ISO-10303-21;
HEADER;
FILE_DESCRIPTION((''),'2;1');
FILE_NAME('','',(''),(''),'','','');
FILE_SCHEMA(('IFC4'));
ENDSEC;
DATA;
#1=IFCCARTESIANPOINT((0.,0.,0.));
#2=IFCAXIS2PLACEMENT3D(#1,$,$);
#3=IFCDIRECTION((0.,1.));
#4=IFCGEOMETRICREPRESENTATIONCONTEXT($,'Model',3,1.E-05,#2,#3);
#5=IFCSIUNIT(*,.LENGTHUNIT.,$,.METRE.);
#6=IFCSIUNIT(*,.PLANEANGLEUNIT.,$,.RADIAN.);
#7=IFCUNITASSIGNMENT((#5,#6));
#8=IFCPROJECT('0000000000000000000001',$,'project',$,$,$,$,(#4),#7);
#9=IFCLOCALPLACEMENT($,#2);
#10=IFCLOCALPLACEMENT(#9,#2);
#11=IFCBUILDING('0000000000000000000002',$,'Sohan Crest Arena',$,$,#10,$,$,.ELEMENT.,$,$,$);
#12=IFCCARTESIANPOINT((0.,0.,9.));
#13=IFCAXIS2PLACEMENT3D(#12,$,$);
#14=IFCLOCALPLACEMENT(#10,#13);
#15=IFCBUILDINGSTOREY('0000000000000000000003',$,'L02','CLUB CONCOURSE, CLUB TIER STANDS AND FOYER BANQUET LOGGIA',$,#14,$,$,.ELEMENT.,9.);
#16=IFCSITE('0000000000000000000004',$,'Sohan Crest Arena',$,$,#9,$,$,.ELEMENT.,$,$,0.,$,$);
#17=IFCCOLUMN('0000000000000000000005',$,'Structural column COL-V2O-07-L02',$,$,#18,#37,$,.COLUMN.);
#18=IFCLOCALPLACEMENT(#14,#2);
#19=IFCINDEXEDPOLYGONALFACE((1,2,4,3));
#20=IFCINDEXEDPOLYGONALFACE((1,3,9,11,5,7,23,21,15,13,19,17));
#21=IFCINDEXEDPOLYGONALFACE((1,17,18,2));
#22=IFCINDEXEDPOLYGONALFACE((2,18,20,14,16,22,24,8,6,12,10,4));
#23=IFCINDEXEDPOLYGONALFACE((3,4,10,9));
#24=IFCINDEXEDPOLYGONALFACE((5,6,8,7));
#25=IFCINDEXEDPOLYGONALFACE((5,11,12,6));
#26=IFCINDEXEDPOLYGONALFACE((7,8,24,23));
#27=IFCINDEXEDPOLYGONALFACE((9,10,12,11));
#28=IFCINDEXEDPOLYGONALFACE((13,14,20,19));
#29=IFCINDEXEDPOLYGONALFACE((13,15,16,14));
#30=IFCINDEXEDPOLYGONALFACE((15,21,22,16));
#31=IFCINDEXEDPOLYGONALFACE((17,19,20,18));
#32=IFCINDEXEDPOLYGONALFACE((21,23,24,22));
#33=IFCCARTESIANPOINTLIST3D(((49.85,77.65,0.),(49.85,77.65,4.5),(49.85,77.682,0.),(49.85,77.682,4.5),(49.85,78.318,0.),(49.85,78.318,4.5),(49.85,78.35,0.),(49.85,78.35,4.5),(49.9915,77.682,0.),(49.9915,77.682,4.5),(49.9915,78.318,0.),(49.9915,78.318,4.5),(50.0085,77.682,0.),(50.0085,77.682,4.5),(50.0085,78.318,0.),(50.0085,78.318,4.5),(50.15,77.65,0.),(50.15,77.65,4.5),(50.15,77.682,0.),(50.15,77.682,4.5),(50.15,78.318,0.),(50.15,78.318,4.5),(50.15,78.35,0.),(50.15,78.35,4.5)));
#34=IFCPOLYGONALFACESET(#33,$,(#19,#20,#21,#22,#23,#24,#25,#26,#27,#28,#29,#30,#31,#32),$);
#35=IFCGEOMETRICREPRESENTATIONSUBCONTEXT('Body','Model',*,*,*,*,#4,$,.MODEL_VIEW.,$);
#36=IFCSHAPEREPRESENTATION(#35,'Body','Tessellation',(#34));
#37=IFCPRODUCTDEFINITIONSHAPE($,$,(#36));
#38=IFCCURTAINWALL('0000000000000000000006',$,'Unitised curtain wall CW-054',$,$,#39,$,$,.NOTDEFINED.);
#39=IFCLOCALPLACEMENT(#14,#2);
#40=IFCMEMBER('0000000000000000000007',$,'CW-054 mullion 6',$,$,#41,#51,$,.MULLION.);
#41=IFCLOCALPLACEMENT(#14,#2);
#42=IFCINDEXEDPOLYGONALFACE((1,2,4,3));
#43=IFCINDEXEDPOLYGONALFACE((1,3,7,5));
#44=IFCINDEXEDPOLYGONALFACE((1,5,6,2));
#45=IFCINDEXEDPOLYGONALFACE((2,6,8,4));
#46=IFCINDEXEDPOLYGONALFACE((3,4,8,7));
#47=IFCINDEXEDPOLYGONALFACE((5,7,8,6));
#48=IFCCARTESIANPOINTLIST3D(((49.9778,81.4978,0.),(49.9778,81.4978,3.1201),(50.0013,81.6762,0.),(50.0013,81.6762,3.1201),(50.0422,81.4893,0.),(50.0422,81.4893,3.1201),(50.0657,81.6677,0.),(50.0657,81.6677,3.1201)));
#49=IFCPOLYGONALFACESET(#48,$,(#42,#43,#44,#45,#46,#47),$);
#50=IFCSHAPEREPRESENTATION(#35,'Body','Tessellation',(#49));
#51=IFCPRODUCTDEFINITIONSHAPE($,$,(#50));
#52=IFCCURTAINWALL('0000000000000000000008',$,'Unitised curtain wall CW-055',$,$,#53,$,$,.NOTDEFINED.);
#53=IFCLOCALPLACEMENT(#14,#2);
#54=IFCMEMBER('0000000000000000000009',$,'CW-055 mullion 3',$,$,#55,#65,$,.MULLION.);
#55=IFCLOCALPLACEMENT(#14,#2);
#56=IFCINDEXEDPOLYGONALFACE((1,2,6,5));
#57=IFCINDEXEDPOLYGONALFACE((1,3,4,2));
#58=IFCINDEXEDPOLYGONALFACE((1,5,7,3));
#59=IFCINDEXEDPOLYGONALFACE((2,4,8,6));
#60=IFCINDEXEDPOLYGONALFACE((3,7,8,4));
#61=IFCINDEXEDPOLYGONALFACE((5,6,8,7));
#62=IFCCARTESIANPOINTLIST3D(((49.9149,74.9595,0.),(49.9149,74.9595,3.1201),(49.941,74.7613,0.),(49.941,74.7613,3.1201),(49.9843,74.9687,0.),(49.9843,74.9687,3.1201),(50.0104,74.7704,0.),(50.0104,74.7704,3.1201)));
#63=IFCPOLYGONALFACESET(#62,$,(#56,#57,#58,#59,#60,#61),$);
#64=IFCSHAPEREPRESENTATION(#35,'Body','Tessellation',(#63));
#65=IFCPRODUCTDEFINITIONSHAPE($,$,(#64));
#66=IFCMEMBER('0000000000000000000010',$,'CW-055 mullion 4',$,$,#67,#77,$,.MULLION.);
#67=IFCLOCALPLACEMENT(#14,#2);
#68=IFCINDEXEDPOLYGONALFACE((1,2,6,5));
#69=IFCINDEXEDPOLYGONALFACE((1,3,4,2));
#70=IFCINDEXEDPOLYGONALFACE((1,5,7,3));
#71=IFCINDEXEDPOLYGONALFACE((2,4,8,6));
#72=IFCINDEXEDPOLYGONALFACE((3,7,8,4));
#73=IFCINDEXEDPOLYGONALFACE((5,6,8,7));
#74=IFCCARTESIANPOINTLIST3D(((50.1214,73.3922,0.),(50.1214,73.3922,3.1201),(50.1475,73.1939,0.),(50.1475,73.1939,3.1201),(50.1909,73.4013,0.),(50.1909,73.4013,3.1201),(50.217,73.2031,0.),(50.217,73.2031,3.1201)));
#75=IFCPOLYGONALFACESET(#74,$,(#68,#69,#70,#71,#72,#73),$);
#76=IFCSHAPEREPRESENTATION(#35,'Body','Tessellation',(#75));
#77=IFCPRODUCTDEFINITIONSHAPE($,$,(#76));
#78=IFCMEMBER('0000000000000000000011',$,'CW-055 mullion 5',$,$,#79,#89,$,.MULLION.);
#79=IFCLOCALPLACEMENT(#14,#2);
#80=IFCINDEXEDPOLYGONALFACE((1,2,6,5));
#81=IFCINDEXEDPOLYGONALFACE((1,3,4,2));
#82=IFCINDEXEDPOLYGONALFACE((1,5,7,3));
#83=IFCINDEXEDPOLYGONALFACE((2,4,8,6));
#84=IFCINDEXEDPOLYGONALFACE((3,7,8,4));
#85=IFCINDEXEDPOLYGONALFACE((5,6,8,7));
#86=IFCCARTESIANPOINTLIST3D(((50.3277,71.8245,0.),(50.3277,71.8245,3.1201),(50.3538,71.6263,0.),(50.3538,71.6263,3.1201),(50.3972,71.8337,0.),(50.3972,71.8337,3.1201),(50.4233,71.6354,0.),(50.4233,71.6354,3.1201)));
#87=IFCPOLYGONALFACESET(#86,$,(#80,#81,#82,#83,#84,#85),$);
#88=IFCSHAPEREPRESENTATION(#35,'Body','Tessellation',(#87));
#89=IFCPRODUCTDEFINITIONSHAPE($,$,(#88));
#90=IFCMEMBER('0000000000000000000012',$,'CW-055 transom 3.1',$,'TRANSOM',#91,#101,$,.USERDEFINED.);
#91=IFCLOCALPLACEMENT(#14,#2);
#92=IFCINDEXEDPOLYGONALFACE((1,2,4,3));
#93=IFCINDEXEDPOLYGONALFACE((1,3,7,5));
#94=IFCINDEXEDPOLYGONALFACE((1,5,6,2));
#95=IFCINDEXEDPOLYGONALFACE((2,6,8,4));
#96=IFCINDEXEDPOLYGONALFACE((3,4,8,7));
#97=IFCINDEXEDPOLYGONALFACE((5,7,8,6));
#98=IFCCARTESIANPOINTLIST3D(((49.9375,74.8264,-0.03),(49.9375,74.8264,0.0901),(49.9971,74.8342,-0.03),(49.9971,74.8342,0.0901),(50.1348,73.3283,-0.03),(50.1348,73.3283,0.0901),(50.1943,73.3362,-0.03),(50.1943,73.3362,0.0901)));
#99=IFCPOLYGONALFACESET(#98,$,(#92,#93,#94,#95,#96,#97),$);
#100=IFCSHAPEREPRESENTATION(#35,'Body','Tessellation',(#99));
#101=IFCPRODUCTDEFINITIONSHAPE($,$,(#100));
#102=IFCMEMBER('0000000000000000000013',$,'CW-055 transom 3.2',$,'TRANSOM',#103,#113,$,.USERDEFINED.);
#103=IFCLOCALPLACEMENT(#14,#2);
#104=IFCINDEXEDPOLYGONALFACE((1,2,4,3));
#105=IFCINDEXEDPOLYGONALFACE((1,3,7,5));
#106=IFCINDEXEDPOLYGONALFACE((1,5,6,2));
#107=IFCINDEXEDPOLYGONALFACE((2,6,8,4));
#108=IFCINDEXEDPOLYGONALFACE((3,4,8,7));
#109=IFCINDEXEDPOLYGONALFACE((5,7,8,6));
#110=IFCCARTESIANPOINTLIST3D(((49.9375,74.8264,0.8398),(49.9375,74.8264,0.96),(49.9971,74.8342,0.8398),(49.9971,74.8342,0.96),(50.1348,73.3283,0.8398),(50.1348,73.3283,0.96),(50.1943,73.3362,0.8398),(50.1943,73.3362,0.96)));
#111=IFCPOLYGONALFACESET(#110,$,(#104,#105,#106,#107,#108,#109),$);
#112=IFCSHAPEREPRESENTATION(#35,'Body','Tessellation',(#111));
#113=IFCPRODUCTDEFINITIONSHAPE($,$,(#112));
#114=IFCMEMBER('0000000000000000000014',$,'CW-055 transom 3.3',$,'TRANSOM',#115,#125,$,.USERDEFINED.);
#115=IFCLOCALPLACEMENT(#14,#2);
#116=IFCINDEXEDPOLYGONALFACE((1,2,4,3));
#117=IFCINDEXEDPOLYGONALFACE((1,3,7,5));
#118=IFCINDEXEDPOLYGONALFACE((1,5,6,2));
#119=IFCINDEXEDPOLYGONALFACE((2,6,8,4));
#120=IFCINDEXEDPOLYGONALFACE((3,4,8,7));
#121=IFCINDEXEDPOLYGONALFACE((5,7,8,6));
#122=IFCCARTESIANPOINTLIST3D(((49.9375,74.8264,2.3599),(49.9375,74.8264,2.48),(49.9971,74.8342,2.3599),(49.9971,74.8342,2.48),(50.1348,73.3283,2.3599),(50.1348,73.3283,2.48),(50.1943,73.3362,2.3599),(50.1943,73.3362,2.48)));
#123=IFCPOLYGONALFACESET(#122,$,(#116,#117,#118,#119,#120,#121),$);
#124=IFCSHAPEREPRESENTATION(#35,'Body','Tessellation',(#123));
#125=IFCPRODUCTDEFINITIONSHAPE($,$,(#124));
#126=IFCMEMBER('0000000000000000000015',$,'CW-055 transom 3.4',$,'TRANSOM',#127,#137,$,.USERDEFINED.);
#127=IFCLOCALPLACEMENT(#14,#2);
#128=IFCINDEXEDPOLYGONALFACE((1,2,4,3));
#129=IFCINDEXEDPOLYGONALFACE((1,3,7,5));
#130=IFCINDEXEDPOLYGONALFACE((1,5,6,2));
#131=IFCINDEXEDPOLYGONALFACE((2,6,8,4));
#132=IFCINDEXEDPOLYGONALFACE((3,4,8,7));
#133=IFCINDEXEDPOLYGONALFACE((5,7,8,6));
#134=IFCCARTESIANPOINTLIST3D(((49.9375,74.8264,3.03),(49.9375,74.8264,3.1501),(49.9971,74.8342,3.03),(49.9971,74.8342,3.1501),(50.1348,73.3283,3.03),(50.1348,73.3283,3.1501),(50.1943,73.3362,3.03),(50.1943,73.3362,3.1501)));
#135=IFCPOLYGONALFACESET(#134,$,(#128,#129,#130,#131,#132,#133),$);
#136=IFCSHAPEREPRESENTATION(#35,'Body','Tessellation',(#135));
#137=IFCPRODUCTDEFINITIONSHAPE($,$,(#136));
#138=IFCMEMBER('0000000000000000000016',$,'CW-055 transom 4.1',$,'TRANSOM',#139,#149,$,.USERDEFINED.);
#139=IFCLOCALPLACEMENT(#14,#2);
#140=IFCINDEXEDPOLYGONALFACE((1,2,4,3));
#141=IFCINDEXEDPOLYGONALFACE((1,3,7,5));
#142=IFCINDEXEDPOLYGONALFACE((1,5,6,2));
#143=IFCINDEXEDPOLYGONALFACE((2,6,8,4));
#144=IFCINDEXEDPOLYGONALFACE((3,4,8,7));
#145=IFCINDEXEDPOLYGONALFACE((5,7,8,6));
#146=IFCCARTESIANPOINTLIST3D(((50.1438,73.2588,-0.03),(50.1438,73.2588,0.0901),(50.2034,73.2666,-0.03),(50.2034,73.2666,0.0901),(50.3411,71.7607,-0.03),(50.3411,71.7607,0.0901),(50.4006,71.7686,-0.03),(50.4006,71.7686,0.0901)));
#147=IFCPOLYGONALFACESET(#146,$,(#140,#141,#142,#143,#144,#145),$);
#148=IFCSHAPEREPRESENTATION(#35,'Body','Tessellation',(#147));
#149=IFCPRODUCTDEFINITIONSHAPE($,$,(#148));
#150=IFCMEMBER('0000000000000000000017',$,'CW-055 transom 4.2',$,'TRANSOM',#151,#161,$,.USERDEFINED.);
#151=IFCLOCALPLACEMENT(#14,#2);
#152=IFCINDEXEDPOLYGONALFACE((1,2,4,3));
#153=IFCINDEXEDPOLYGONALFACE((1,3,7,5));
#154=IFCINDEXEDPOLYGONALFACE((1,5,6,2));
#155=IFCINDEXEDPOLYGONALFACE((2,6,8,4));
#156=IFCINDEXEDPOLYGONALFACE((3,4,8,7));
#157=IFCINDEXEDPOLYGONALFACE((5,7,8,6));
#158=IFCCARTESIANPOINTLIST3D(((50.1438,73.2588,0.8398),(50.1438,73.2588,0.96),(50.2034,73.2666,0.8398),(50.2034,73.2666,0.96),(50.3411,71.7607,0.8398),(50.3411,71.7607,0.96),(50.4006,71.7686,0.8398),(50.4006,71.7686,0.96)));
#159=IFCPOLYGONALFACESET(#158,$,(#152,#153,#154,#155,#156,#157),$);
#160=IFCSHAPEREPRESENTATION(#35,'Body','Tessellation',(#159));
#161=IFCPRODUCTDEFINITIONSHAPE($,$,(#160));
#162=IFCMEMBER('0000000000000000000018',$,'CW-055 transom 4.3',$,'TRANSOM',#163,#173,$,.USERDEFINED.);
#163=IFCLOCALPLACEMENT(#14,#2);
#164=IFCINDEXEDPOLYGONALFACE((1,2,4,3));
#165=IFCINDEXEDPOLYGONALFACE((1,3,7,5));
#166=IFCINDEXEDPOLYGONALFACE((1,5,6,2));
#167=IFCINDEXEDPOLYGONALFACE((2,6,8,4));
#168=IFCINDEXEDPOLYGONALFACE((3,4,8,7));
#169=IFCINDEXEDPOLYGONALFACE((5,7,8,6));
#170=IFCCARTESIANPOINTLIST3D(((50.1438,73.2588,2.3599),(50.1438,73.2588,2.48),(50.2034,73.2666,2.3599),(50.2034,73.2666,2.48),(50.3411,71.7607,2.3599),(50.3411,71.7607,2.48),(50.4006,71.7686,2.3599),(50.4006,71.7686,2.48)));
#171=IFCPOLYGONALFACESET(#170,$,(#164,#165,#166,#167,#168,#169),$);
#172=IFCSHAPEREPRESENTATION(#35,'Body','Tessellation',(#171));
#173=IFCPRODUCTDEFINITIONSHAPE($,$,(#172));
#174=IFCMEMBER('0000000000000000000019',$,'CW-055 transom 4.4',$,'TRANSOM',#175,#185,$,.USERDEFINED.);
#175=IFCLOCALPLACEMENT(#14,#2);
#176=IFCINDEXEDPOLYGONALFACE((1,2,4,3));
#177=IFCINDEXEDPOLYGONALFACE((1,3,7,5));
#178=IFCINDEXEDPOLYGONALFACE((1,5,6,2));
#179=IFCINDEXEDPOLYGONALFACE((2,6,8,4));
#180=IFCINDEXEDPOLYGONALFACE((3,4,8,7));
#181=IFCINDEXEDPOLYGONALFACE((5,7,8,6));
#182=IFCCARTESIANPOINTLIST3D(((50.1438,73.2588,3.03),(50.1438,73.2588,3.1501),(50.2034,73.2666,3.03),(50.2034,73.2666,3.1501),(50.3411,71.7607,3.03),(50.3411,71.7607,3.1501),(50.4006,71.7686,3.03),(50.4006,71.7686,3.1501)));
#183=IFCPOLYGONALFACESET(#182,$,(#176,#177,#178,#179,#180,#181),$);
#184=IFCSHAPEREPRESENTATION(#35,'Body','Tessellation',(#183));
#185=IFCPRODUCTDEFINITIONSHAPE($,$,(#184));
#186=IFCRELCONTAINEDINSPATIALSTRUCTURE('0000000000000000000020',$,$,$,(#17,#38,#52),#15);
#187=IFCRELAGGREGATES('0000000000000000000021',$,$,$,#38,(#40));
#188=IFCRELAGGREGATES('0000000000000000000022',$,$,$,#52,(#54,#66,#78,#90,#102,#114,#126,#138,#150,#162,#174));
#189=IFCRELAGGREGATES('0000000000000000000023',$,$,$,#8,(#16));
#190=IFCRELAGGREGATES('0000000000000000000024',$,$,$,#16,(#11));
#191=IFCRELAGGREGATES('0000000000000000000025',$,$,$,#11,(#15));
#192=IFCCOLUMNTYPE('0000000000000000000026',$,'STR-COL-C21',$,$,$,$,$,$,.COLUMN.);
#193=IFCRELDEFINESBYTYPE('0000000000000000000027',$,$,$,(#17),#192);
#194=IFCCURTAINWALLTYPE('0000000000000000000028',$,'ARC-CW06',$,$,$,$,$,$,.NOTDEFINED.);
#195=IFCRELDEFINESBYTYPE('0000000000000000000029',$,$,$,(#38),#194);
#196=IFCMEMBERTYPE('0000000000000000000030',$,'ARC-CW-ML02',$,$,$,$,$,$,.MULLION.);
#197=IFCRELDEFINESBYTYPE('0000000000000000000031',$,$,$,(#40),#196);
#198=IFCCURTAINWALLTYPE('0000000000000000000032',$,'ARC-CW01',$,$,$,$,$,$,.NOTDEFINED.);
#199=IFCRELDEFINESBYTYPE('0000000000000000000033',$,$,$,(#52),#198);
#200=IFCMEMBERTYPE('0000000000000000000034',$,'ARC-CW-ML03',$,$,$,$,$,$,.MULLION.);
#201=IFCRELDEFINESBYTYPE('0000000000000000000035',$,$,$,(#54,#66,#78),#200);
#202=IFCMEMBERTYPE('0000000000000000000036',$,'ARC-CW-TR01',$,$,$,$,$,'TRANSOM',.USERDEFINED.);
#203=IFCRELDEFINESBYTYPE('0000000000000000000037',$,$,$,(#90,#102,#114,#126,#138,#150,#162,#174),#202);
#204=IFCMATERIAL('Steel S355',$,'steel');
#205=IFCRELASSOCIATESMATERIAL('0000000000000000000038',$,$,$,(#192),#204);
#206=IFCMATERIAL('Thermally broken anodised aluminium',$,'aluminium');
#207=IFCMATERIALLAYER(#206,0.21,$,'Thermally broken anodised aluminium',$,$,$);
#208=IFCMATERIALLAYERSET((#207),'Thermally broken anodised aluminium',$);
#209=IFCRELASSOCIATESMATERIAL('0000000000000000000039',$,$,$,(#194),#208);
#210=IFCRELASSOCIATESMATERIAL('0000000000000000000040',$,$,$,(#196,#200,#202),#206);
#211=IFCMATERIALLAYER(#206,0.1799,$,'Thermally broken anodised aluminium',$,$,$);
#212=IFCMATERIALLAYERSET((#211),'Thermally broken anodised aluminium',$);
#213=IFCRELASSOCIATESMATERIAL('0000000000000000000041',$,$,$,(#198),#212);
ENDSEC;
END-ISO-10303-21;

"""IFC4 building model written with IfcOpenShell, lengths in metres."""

from ifc_helpers import new_model, si_unit, direction, frame, origin, origin_2d, place, context, subcontext, project, spatial, rectangle, i_section, extrude, material, layer, layer_set, material_profile, profile_set, type_object, element, aggregate, save


model = new_model("IFC4")

# Units and contexts
model_context = context("Model", 3, precision=1e-05, world=origin(), true_north=direction((0.0, 1.0)))
body_context = subcontext(model_context, "Body", "Model", "MODEL_VIEW")
ifc_project = project(units=[si_unit("LENGTHUNIT", "METRE"), si_unit("PLANEANGLEUNIT", "RADIAN")], contexts=[model_context])

# Site, building, storey
site_placement = place(None, origin())
site = spatial("IfcSite", under=ifc_project, at=site_placement, Name="Sohan Crest Arena", CompositionType="ELEMENT", RefElevation=0.0)
building_placement = place(site_placement, origin())
building = spatial("IfcBuilding", under=site, at=building_placement, Name="Sohan Crest Arena", CompositionType="ELEMENT")
storey_placement = place(building_placement, frame((0.0, 0.0, 9.0)))
storey = spatial("IfcBuildingStorey", under=building, at=storey_placement, Name="L02", Description="CLUB CONCOURSE, CLUB TIER STANDS AND FOYER BANQUET LOGGIA", CompositionType="ELEMENT", Elevation=9.0)

# Column
ifc_material_1 = material(Name="Steel S355", Category="steel")
ifc_material_profile_1 = material_profile(ifc_material_1, i_section(OverallWidth=0.3, OverallDepth=0.7, WebThickness=0.0171, FlangeThickness=0.032, at=origin_2d()), Name="HEB 700")
ifc_profile_set_1 = profile_set([ifc_material_profile_1], Name="Steel S355")
column_type = type_object("IfcColumnType", Name="STR-COL-C21", PredefinedType="COLUMN", material=ifc_profile_set_1)
column_placement = place(storey_placement, frame((50.0, 78.0, 0.0), z_axis=(0.0, 0.0, 1.0), x_axis=(1.0, 0.0, 0.0)))
element("IfcColumn", 1, at=column_placement, inside=storey, type_object=column_type, Name="Structural column COL-V2O-07-L02", PredefinedType="COLUMN", context=body_context, shape_type="SweptSolid", body=[
    extrude(i_section(OverallWidth=0.3, OverallDepth=0.7, WebThickness=0.0171, FlangeThickness=0.032, at=origin_2d()), origin(), (0.0, 0.0, 1.0), 4.5),
])

# Curtain wall, member
ifc_material_2 = material(Name="Thermally broken anodised aluminium", Category="aluminium")
ifc_layer_1 = layer(ifc_material_2, 0.21, Name="Thermally broken anodised aluminium")
ifc_layer_set_1 = layer_set([ifc_layer_1], Name="Thermally broken anodised aluminium")
curtain_wall_type_1 = type_object("IfcCurtainWallType", Name="ARC-CW06", PredefinedType="NOTDEFINED", material=ifc_layer_set_1)
curtain_wall_1_placement = place(storey_placement, origin())
curtain_wall_1 = element("IfcCurtainWall", 2, at=curtain_wall_1_placement, inside=storey, type_object=curtain_wall_type_1, Name="Unitised curtain wall CW-054", PredefinedType="NOTDEFINED")
ifc_material_profile_2 = material_profile(ifc_material_2, rectangle(XDim=0.0649, YDim=0.1799, at=origin_2d()), Name="ALU-MULL 65x180")
ifc_profile_set_2 = profile_set([ifc_material_profile_2], Name="Thermally broken anodised aluminium")
member_type_1 = type_object("IfcMemberType", Name="ARC-CW-ML02", PredefinedType="MULLION", material=ifc_profile_set_2)
member_1_placement = place(storey_placement, frame((50.0217, 81.5828, 0.0), z_axis=(0.0, 0.0, 1.0), x_axis=(0.991444, -0.130532, 0.0)))
member_1 = element("IfcMember", 3, at=member_1_placement, type_object=member_type_1, Name="CW-054 mullion 6", PredefinedType="MULLION", context=body_context, shape_type="SweptSolid", body=[
    extrude(rectangle(XDim=0.0649, YDim=0.1799, at=origin_2d()), origin(), (0.0, 0.0, 1.0), 3.1201),
])

# Curtain wall, members
ifc_layer_2 = layer(ifc_material_2, 0.1799, Name="Thermally broken anodised aluminium")
ifc_layer_set_2 = layer_set([ifc_layer_2], Name="Thermally broken anodised aluminium")
curtain_wall_type_2 = type_object("IfcCurtainWallType", Name="ARC-CW01", PredefinedType="NOTDEFINED", material=ifc_layer_set_2)
curtain_wall_2_placement = place(storey_placement, origin())
curtain_wall_2 = element("IfcCurtainWall", 4, at=curtain_wall_2_placement, inside=storey, type_object=curtain_wall_type_2, Name="Unitised curtain wall CW-055", PredefinedType="NOTDEFINED")
ifc_material_profile_3 = material_profile(ifc_material_2, rectangle(XDim=0.0701, YDim=0.2, at=origin_2d()), Name="ALU-MULL 70x200")
ifc_profile_set_3 = profile_set([ifc_material_profile_3], Name="Thermally broken anodised aluminium")
member_type_2 = type_object("IfcMemberType", Name="ARC-CW-ML03", PredefinedType="MULLION", material=ifc_profile_set_3)
member_2_placement = place(storey_placement, frame((49.9626, 74.865, 0.0), z_axis=(0.0, 0.0, 1.0), x_axis=(0.991444, 0.130532, 0.0)))
member_2 = element("IfcMember", 5, at=member_2_placement, type_object=member_type_2, Name="CW-055 mullion 3", PredefinedType="MULLION", context=body_context, shape_type="SweptSolid", body=[
    extrude(rectangle(XDim=0.0701, YDim=0.2, at=origin_2d()), origin(), (0.0, 0.0, 1.0), 3.1201),
])
member_3_placement = place(storey_placement, frame((50.1692, 73.2976, 0.0), z_axis=(0.0, 0.0, 1.0), x_axis=(0.991444, 0.130532, 0.0)))
member_3 = element("IfcMember", 6, at=member_3_placement, type_object=member_type_2, Name="CW-055 mullion 4", PredefinedType="MULLION", context=body_context, shape_type="SweptSolid", body=[
    extrude(rectangle(XDim=0.0701, YDim=0.2, at=origin_2d()), origin(), (0.0, 0.0, 1.0), 3.1201),
])
member_4_placement = place(storey_placement, frame((50.3755, 71.73, 0.0), z_axis=(0.0, 0.0, 1.0), x_axis=(0.991444, 0.130532, 0.0)))
member_4 = element("IfcMember", 7, at=member_4_placement, type_object=member_type_2, Name="CW-055 mullion 5", PredefinedType="MULLION", context=body_context, shape_type="SweptSolid", body=[
    extrude(rectangle(XDim=0.0701, YDim=0.2, at=origin_2d()), origin(), (0.0, 0.0, 1.0), 3.1201),
])
ifc_material_profile_4 = material_profile(ifc_material_2, rectangle(XDim=0.0601, YDim=0.1201, at=origin_2d()), Name="ALU-TRAN 60x120")
ifc_profile_set_4 = profile_set([ifc_material_profile_4], Name="Thermally broken anodised aluminium")
member_type_3 = type_object("IfcMemberType", Name="ARC-CW-TR01", ElementType="TRANSOM", PredefinedType="USERDEFINED", material=ifc_profile_set_4)
member_5_placement = place(storey_placement, frame((49.9673, 74.8303, 0.03), z_axis=(0.130555, -0.991441, 0.0), x_axis=(0.991441, 0.130555, 0.0)))
member_5 = element("IfcMember", 8, at=member_5_placement, type_object=member_type_3, Name="CW-055 transom 3.1", ObjectType="TRANSOM", PredefinedType="USERDEFINED", context=body_context, shape_type="SweptSolid", body=[
    extrude(rectangle(XDim=0.0601, YDim=0.1201, at=origin_2d()), origin(), (0.0, 0.0, 1.0), 1.511),
])
member_6_placement = place(storey_placement, frame((49.9673, 74.8303, 0.8999), z_axis=(0.130555, -0.991441, 0.0), x_axis=(0.991441, 0.130555, 0.0)))
member_6 = element("IfcMember", 9, at=member_6_placement, type_object=member_type_3, Name="CW-055 transom 3.2", ObjectType="TRANSOM", PredefinedType="USERDEFINED", context=body_context, shape_type="SweptSolid", body=[
    extrude(rectangle(XDim=0.0601, YDim=0.1201, at=origin_2d()), origin(), (0.0, 0.0, 1.0), 1.511),
])
member_7_placement = place(storey_placement, frame((49.9673, 74.8303, 2.4199), z_axis=(0.130555, -0.991441, 0.0), x_axis=(0.991441, 0.130555, 0.0)))
member_7 = element("IfcMember", 10, at=member_7_placement, type_object=member_type_3, Name="CW-055 transom 3.3", ObjectType="TRANSOM", PredefinedType="USERDEFINED", context=body_context, shape_type="SweptSolid", body=[
    extrude(rectangle(XDim=0.0601, YDim=0.1201, at=origin_2d()), origin(), (0.0, 0.0, 1.0), 1.511),
])
member_8_placement = place(storey_placement, frame((49.9673, 74.8303, 3.0901), z_axis=(0.130555, -0.991441, 0.0), x_axis=(0.991441, 0.130555, 0.0)))
member_8 = element("IfcMember", 11, at=member_8_placement, type_object=member_type_3, Name="CW-055 transom 3.4", ObjectType="TRANSOM", PredefinedType="USERDEFINED", context=body_context, shape_type="SweptSolid", body=[
    extrude(rectangle(XDim=0.0601, YDim=0.1201, at=origin_2d()), origin(), (0.0, 0.0, 1.0), 1.511),
])
member_9_placement = place(storey_placement, frame((50.1736, 73.2627, 0.03), z_axis=(0.130555, -0.991441, 0.0), x_axis=(0.991441, 0.130555, 0.0)))
member_9 = element("IfcMember", 12, at=member_9_placement, type_object=member_type_3, Name="CW-055 transom 4.1", ObjectType="TRANSOM", PredefinedType="USERDEFINED", context=body_context, shape_type="SweptSolid", body=[
    extrude(rectangle(XDim=0.0601, YDim=0.1201, at=origin_2d()), origin(), (0.0, 0.0, 1.0), 1.511),
])
member_10_placement = place(storey_placement, frame((50.1736, 73.2627, 0.8999), z_axis=(0.130555, -0.991441, 0.0), x_axis=(0.991441, 0.130555, 0.0)))
member_10 = element("IfcMember", 13, at=member_10_placement, type_object=member_type_3, Name="CW-055 transom 4.2", ObjectType="TRANSOM", PredefinedType="USERDEFINED", context=body_context, shape_type="SweptSolid", body=[
    extrude(rectangle(XDim=0.0601, YDim=0.1201, at=origin_2d()), origin(), (0.0, 0.0, 1.0), 1.511),
])
member_11_placement = place(storey_placement, frame((50.1736, 73.2627, 2.4199), z_axis=(0.130555, -0.991441, 0.0), x_axis=(0.991441, 0.130555, 0.0)))
member_11 = element("IfcMember", 14, at=member_11_placement, type_object=member_type_3, Name="CW-055 transom 4.3", ObjectType="TRANSOM", PredefinedType="USERDEFINED", context=body_context, shape_type="SweptSolid", body=[
    extrude(rectangle(XDim=0.0601, YDim=0.1201, at=origin_2d()), origin(), (0.0, 0.0, 1.0), 1.511),
])
member_12_placement = place(storey_placement, frame((50.1736, 73.2627, 3.0901), z_axis=(0.130555, -0.991441, 0.0), x_axis=(0.991441, 0.130555, 0.0)))
member_12 = element("IfcMember", 15, at=member_12_placement, type_object=member_type_3, Name="CW-055 transom 4.4", ObjectType="TRANSOM", PredefinedType="USERDEFINED", context=body_context, shape_type="SweptSolid", body=[
    extrude(rectangle(XDim=0.0601, YDim=0.1201, at=origin_2d()), origin(), (0.0, 0.0, 1.0), 1.511),
])

aggregate(curtain_wall_1, [member_1])
aggregate(curtain_wall_2, [member_2, member_3, member_4, member_5, member_6, member_7, member_8, member_9, member_10, member_11, member_12])

save(model, "model.ifc")
